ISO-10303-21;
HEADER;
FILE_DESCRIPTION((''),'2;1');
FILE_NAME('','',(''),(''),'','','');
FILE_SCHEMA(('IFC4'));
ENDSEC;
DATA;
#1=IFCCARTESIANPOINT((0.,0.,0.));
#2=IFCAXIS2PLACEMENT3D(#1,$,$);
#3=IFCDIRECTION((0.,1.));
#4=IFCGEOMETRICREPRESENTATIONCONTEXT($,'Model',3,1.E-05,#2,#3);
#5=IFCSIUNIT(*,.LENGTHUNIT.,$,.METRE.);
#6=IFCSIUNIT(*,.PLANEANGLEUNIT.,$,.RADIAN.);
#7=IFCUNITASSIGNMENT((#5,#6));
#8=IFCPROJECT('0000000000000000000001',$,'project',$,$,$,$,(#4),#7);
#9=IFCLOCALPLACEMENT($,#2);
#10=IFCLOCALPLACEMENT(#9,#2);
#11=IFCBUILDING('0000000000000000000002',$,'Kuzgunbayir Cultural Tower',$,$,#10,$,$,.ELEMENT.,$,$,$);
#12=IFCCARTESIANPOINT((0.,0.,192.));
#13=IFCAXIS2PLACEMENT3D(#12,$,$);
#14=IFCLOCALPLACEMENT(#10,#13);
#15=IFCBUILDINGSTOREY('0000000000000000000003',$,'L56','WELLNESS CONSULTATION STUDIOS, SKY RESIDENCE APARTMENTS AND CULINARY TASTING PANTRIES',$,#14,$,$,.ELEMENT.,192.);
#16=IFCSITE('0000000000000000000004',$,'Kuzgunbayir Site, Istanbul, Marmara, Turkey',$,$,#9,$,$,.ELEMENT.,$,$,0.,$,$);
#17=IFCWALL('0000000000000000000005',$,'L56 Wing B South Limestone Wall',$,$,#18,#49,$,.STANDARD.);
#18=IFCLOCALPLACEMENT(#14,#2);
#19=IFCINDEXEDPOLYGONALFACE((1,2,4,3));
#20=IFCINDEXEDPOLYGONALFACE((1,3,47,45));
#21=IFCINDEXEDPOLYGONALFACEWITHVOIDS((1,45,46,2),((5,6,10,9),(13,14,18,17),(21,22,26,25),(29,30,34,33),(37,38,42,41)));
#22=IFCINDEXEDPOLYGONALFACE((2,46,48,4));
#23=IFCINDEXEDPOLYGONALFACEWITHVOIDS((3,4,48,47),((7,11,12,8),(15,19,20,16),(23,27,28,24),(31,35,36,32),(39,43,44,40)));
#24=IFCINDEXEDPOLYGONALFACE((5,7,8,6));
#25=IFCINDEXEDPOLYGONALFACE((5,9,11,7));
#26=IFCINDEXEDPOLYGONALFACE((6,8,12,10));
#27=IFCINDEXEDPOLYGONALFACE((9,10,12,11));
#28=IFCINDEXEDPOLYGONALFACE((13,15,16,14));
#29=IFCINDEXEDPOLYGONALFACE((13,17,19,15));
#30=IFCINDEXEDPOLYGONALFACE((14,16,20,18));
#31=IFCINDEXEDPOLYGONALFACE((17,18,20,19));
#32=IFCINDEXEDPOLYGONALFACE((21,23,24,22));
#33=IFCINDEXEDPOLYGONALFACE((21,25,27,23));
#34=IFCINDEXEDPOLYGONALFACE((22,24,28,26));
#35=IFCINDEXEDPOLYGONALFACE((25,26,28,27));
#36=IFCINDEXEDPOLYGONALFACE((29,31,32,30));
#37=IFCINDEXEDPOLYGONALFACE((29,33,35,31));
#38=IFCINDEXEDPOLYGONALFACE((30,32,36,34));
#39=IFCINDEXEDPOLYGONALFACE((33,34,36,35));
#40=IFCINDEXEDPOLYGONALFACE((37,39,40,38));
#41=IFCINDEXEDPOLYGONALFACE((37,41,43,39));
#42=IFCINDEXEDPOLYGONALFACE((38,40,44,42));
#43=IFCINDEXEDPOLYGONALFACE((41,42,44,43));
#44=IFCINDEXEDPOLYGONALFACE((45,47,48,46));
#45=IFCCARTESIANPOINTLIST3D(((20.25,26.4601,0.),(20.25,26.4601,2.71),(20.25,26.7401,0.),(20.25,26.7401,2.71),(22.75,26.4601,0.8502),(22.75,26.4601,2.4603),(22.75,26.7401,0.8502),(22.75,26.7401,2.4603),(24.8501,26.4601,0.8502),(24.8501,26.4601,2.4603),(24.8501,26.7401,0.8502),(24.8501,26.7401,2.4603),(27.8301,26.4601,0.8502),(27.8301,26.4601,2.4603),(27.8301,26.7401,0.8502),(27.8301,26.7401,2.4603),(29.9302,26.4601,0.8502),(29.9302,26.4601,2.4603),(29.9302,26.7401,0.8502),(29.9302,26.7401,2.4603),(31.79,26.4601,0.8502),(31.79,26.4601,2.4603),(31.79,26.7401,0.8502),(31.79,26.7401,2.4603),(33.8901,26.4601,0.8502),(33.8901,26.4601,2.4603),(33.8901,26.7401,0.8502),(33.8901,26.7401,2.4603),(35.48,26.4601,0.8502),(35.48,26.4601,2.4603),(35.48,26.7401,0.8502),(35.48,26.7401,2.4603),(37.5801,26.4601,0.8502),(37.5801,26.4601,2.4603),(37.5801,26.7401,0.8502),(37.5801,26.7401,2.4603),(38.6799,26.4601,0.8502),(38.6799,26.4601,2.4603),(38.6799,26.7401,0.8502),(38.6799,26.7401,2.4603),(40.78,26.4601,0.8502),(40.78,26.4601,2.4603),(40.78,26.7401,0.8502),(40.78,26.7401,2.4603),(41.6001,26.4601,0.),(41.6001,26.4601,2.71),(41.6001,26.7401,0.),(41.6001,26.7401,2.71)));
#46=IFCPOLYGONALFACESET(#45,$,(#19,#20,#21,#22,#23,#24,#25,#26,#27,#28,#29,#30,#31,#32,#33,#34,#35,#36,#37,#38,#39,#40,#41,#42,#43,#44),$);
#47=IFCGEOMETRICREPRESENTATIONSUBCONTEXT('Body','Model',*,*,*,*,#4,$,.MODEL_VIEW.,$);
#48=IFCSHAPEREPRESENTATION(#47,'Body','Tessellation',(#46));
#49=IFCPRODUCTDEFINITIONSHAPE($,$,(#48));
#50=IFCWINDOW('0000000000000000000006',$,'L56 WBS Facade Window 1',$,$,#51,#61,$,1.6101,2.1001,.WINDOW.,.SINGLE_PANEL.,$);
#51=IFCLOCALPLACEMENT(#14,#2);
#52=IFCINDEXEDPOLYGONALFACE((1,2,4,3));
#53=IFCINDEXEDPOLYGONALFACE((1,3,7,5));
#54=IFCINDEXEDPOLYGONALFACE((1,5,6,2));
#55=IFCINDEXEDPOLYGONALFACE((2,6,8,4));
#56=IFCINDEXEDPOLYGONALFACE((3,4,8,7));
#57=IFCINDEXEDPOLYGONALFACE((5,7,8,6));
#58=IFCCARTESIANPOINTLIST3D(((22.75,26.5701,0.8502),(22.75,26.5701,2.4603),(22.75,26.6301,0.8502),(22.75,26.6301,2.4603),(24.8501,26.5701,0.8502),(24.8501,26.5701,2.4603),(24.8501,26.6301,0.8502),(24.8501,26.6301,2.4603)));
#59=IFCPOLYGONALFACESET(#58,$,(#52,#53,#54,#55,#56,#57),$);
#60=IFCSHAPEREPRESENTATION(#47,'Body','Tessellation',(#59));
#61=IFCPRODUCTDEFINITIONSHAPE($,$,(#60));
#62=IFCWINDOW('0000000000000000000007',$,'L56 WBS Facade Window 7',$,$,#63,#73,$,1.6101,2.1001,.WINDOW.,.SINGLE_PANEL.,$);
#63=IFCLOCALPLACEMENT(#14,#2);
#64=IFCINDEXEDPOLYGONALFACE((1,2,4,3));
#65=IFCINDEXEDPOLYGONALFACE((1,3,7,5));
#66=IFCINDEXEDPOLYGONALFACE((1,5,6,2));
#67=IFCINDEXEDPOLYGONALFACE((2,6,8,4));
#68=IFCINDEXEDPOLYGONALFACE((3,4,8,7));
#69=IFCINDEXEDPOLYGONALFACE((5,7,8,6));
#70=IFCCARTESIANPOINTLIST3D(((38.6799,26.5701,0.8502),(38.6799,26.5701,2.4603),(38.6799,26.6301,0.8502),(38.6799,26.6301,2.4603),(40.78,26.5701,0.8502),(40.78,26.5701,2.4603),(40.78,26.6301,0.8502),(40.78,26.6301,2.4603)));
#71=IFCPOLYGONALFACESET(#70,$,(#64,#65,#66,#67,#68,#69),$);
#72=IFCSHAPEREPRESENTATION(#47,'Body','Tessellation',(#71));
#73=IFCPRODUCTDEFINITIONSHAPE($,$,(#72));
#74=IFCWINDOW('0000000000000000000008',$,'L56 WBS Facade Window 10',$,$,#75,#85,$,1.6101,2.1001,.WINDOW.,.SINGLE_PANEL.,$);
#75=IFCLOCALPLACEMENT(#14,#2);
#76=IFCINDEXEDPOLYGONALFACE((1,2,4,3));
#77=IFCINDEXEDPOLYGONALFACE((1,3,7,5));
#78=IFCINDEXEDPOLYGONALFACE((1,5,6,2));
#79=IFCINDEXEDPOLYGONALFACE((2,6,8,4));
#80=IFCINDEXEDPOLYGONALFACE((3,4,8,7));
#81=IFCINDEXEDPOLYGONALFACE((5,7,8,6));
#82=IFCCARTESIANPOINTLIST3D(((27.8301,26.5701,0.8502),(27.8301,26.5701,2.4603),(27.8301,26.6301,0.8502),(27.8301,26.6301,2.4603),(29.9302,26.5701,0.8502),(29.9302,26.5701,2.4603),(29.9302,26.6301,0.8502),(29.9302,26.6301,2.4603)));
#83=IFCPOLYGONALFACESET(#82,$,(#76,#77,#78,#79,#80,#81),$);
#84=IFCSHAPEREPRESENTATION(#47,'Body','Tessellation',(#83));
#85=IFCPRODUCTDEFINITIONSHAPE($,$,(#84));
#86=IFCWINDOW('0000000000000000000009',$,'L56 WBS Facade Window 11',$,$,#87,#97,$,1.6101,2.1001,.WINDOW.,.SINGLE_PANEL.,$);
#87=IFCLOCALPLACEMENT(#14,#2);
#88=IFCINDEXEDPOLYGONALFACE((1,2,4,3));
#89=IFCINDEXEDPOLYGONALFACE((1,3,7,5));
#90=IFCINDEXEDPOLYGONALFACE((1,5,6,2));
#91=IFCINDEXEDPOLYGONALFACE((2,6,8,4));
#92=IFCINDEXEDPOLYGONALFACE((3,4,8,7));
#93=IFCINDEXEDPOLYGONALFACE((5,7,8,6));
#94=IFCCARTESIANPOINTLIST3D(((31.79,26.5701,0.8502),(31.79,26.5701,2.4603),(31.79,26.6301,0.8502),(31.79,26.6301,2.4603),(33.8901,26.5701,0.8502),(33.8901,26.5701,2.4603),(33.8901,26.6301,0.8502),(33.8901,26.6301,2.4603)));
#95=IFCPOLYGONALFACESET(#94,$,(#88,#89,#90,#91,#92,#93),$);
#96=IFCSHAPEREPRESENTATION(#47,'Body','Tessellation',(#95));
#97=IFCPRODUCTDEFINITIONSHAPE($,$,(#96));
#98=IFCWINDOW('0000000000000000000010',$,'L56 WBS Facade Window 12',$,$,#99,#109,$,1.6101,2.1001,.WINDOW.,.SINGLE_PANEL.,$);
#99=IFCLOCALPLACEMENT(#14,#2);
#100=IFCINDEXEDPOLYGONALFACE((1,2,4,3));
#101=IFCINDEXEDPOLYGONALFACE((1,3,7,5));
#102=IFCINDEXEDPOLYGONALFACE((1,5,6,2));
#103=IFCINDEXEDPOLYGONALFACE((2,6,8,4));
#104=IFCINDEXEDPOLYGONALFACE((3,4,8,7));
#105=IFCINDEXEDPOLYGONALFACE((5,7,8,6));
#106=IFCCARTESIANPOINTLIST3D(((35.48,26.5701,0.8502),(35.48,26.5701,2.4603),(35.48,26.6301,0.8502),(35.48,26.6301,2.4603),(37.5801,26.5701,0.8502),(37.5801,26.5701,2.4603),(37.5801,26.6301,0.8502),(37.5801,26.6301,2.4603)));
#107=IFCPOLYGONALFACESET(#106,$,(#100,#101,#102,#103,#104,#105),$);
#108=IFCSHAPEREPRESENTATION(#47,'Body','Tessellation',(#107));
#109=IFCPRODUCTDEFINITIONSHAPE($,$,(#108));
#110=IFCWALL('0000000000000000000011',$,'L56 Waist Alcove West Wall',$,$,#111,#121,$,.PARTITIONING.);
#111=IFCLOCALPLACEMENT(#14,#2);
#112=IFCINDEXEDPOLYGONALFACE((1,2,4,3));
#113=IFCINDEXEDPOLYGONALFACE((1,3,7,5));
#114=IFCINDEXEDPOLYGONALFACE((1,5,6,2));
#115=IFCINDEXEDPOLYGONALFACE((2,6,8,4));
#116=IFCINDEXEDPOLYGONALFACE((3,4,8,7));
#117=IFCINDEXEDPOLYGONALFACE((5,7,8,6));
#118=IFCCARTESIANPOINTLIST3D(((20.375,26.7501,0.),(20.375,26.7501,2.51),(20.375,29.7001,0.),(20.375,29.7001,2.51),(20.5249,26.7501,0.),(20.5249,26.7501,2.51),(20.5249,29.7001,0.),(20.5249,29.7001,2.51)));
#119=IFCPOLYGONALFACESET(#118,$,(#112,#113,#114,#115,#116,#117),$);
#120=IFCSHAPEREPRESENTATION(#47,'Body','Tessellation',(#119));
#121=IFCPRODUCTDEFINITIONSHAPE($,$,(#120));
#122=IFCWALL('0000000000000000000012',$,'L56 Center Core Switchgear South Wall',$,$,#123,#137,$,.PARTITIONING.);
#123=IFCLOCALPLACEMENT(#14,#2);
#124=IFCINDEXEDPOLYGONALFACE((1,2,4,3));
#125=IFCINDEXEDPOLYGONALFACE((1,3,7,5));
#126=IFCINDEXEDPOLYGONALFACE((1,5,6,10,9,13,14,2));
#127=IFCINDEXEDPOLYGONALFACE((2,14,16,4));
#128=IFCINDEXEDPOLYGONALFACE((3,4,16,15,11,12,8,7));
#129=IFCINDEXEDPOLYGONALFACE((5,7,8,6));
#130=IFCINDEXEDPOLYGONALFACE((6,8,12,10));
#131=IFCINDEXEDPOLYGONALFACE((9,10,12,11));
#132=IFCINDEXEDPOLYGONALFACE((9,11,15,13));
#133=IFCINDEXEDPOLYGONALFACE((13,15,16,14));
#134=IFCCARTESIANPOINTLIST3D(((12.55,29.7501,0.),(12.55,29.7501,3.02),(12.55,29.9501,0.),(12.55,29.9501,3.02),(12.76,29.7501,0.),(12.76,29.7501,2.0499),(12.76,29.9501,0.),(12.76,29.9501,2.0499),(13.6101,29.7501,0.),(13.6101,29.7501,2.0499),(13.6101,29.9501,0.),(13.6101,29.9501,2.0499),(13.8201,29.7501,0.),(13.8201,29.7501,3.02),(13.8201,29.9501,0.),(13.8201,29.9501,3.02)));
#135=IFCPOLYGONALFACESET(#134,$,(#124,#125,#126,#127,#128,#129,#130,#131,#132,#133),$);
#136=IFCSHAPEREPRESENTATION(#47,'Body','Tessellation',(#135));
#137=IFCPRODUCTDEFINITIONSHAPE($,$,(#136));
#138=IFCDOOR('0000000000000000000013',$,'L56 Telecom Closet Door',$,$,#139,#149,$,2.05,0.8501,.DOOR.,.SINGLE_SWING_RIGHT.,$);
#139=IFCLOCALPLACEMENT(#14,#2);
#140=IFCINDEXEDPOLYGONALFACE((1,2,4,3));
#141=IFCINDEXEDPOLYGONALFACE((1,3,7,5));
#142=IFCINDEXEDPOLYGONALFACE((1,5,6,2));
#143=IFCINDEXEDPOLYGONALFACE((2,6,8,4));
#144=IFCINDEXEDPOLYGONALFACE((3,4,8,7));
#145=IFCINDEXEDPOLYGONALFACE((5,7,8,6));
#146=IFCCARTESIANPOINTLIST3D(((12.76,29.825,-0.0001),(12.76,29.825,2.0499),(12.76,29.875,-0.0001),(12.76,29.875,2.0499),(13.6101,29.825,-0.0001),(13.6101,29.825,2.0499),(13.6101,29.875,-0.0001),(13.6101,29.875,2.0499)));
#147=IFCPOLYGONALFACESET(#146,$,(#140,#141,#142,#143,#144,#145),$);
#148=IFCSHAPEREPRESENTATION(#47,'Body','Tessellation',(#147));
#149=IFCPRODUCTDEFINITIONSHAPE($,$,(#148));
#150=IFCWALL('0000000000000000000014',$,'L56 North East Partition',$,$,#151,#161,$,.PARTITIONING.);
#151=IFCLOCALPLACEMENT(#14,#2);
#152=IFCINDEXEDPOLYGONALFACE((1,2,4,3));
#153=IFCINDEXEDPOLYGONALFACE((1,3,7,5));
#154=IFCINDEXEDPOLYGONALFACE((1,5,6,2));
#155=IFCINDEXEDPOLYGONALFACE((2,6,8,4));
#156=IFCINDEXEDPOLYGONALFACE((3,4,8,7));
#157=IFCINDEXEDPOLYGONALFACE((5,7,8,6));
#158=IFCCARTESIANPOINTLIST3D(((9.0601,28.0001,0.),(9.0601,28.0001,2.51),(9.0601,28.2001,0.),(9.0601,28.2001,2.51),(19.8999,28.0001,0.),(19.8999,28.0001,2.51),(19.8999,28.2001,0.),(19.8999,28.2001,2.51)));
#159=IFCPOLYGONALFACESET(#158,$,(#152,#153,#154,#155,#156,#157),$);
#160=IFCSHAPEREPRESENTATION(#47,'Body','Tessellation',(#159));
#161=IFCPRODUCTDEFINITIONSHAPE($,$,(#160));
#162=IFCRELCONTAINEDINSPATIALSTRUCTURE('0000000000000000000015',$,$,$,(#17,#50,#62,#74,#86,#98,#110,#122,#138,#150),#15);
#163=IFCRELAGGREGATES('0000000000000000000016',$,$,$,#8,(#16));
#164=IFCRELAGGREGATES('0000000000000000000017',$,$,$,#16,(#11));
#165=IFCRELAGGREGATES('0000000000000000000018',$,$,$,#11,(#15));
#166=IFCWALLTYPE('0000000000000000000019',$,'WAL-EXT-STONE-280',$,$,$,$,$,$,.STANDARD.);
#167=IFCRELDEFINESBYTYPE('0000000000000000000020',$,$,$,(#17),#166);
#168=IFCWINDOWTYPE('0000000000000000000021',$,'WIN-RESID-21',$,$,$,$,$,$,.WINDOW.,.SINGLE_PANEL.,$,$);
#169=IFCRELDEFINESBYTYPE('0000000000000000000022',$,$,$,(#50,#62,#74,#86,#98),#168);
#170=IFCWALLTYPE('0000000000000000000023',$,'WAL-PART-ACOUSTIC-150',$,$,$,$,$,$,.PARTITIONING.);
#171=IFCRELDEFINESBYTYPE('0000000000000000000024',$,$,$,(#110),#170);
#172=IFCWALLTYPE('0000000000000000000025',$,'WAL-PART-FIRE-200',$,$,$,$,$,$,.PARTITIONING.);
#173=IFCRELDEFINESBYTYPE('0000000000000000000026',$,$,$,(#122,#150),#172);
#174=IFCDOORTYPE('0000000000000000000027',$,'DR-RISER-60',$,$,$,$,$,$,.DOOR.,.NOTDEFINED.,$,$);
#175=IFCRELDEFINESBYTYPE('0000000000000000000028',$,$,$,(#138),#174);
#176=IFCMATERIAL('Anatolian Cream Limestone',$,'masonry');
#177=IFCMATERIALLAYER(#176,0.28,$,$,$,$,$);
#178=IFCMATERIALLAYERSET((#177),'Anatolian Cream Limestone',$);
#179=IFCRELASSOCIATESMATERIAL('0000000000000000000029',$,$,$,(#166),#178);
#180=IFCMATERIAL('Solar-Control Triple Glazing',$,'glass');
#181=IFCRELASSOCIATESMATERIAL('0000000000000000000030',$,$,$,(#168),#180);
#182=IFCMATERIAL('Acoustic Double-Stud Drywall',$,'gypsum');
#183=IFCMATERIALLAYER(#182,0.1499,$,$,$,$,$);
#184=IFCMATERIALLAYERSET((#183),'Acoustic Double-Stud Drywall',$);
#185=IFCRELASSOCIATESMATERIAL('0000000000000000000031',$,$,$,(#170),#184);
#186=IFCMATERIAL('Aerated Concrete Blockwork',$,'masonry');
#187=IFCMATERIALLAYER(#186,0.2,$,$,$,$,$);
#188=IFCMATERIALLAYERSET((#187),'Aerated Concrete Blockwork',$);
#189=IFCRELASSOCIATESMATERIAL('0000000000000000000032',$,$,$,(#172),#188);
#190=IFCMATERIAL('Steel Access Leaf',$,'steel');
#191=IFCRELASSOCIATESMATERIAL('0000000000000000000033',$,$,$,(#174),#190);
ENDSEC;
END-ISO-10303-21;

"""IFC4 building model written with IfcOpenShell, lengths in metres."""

from ifc_helpers import new_model, si_unit, direction, frame, frame_2d, origin, place, context, subcontext, project, spatial, rectangle, extrude, material, layer, layer_set, type_object, element, fill, save


model = new_model("IFC4")

# Units and contexts
model_context = context("Model", 3, precision=1e-05, world=origin(), true_north=direction((0.0, 1.0)))
body_context = subcontext(model_context, "Body", "Model", "MODEL_VIEW")
ifc_project = project(units=[si_unit("LENGTHUNIT", "METRE"), si_unit("PLANEANGLEUNIT", "RADIAN")], contexts=[model_context])

# Site, building, storey
site_placement = place(None, origin())
site = spatial("IfcSite", under=ifc_project, at=site_placement, Name="Kuzgunbayir Site, Istanbul, Marmara, Turkey", CompositionType="ELEMENT", RefElevation=0.0)
building_placement = place(site_placement, origin())
building = spatial("IfcBuilding", under=site, at=building_placement, Name="Kuzgunbayir Cultural Tower", CompositionType="ELEMENT")
storey_placement = place(building_placement, frame((0.0, 0.0, 192.0)))
storey = spatial("IfcBuildingStorey", under=building, at=storey_placement, Name="L56", Description="WELLNESS CONSULTATION STUDIOS, SKY RESIDENCE APARTMENTS AND CULINARY TASTING PANTRIES", CompositionType="ELEMENT", Elevation=192.0)

# Wall, openings, windows
ifc_material_1 = material(Name="Anatolian Cream Limestone", Category="masonry")
ifc_layer_1 = layer(ifc_material_1, 0.28)
ifc_layer_set_1 = layer_set([ifc_layer_1], Name="Anatolian Cream Limestone")
wall_type_1 = type_object("IfcWallType", Name="WAL-EXT-STONE-280", PredefinedType="STANDARD", material=ifc_layer_set_1)
wall_1_placement = place(storey_placement, frame((20.25, 26.6001, 0.0), z_axis=(0.0, 0.0, 1.0), x_axis=(1.0, 0.0, 0.0)))
wall_1 = element("IfcWall", 1, at=wall_1_placement, inside=storey, type_object=wall_type_1, Name="L56 Wing B South Limestone Wall", PredefinedType="STANDARD", context=body_context, shape_type="SweptSolid", body=[
    extrude(rectangle(XDim=21.3501, YDim=0.28, at=frame_2d((10.675, 0.0))), origin(), (0.0, 0.0, 1.0), 2.71),
])
opening_1_placement = place(wall_1_placement, frame((2.5, 0.0, 0.8501)))
opening_1 = element("IfcOpeningElement", 2, at=opening_1_placement, cuts=wall_1, PredefinedType="OPENING", context=body_context, shape_type="SweptSolid", body=[
    extrude(rectangle(XDim=2.1001, YDim=1.6101, at=frame_2d((1.05, 0.8052))), frame((0.0, 0.1499, 0.0), z_axis=(0.0, -1.0, 0.0), x_axis=(1.0, 0.0, 0.0)), (0.0, 0.0, 1.0), 0.3),
])
opening_2_placement = place(wall_1_placement, frame((18.4299, 0.0, 0.8501)))
opening_2 = element("IfcOpeningElement", 3, at=opening_2_placement, cuts=wall_1, PredefinedType="OPENING", context=body_context, shape_type="SweptSolid", body=[
    extrude(rectangle(XDim=2.1001, YDim=1.6101, at=frame_2d((1.05, 0.8052))), frame((0.0, 0.1499, 0.0), z_axis=(0.0, -1.0, 0.0), x_axis=(1.0, 0.0, 0.0)), (0.0, 0.0, 1.0), 0.3),
])
opening_3_placement = place(wall_1_placement, frame((7.5801, 0.0, 0.8501)))
opening_3 = element("IfcOpeningElement", 4, at=opening_3_placement, cuts=wall_1, PredefinedType="OPENING", context=body_context, shape_type="SweptSolid", body=[
    extrude(rectangle(XDim=2.1001, YDim=1.6101, at=frame_2d((1.05, 0.8052))), frame((0.0, 0.1499, 0.0), z_axis=(0.0, -1.0, 0.0), x_axis=(1.0, 0.0, 0.0)), (0.0, 0.0, 1.0), 0.3),
])
opening_4_placement = place(wall_1_placement, frame((11.54, 0.0, 0.8501)))
opening_4 = element("IfcOpeningElement", 5, at=opening_4_placement, cuts=wall_1, PredefinedType="OPENING", context=body_context, shape_type="SweptSolid", body=[
    extrude(rectangle(XDim=2.1001, YDim=1.6101, at=frame_2d((1.05, 0.8052))), frame((0.0, 0.1499, 0.0), z_axis=(0.0, -1.0, 0.0), x_axis=(1.0, 0.0, 0.0)), (0.0, 0.0, 1.0), 0.3),
])
opening_5_placement = place(wall_1_placement, frame((15.23, 0.0, 0.8501)))
opening_5 = element("IfcOpeningElement", 6, at=opening_5_placement, cuts=wall_1, PredefinedType="OPENING", context=body_context, shape_type="SweptSolid", body=[
    extrude(rectangle(XDim=2.1001, YDim=1.6101, at=frame_2d((1.05, 0.8052))), frame((0.0, 0.1499, 0.0), z_axis=(0.0, -1.0, 0.0), x_axis=(1.0, 0.0, 0.0)), (0.0, 0.0, 1.0), 0.3),
])
ifc_material_2 = material(Name="Solar-Control Triple Glazing", Category="glass")
window_type = type_object("IfcWindowType", Name="WIN-RESID-21", PartitioningType="SINGLE_PANEL", PredefinedType="WINDOW", material=ifc_material_2)
window_1_placement = place(opening_1_placement, origin())
window_1 = element("IfcWindow", 7, at=window_1_placement, inside=storey, type_object=window_type, Name="L56 WBS Facade Window 1", OverallHeight=1.6101, OverallWidth=2.1001, PartitioningType="SINGLE_PANEL", PredefinedType="WINDOW", context=body_context, shape_type="SweptSolid", body=[
    extrude(rectangle(XDim=2.1001, YDim=1.6101, at=frame_2d((1.05, 0.8052))), frame((0.0, 0.03, 0.0), z_axis=(0.0, -1.0, 0.0), x_axis=(1.0, 0.0, 0.0)), (0.0, 0.0, 1.0), 0.0601),
])
fill(opening_1, window_1)
window_2_placement = place(opening_2_placement, origin())
window_2 = element("IfcWindow", 8, at=window_2_placement, inside=storey, type_object=window_type, Name="L56 WBS Facade Window 7", OverallHeight=1.6101, OverallWidth=2.1001, PartitioningType="SINGLE_PANEL", PredefinedType="WINDOW", context=body_context, shape_type="SweptSolid", body=[
    extrude(rectangle(XDim=2.1001, YDim=1.6101, at=frame_2d((1.05, 0.8052))), frame((0.0, 0.03, 0.0), z_axis=(0.0, -1.0, 0.0), x_axis=(1.0, 0.0, 0.0)), (0.0, 0.0, 1.0), 0.0601),
])
fill(opening_2, window_2)
window_3_placement = place(opening_3_placement, origin())
window_3 = element("IfcWindow", 9, at=window_3_placement, inside=storey, type_object=window_type, Name="L56 WBS Facade Window 10", OverallHeight=1.6101, OverallWidth=2.1001, PartitioningType="SINGLE_PANEL", PredefinedType="WINDOW", context=body_context, shape_type="SweptSolid", body=[
    extrude(rectangle(XDim=2.1001, YDim=1.6101, at=frame_2d((1.05, 0.8052))), frame((0.0, 0.03, 0.0), z_axis=(0.0, -1.0, 0.0), x_axis=(1.0, 0.0, 0.0)), (0.0, 0.0, 1.0), 0.0601),
])
fill(opening_3, window_3)
window_4_placement = place(opening_4_placement, origin())
window_4 = element("IfcWindow", 10, at=window_4_placement, inside=storey, type_object=window_type, Name="L56 WBS Facade Window 11", OverallHeight=1.6101, OverallWidth=2.1001, PartitioningType="SINGLE_PANEL", PredefinedType="WINDOW", context=body_context, shape_type="SweptSolid", body=[
    extrude(rectangle(XDim=2.1001, YDim=1.6101, at=frame_2d((1.05, 0.8052))), frame((0.0, 0.03, 0.0), z_axis=(0.0, -1.0, 0.0), x_axis=(1.0, 0.0, 0.0)), (0.0, 0.0, 1.0), 0.0601),
])
fill(opening_4, window_4)
window_5_placement = place(opening_5_placement, origin())
window_5 = element("IfcWindow", 11, at=window_5_placement, inside=storey, type_object=window_type, Name="L56 WBS Facade Window 12", OverallHeight=1.6101, OverallWidth=2.1001, PartitioningType="SINGLE_PANEL", PredefinedType="WINDOW", context=body_context, shape_type="SweptSolid", body=[
    extrude(rectangle(XDim=2.1001, YDim=1.6101, at=frame_2d((1.05, 0.8052))), frame((0.0, 0.03, 0.0), z_axis=(0.0, -1.0, 0.0), x_axis=(1.0, 0.0, 0.0)), (0.0, 0.0, 1.0), 0.0601),
])
fill(opening_5, window_5)

# Wall
ifc_material_3 = material(Name="Acoustic Double-Stud Drywall", Category="gypsum")
ifc_layer_2 = layer(ifc_material_3, 0.1499)
ifc_layer_set_2 = layer_set([ifc_layer_2], Name="Acoustic Double-Stud Drywall")
wall_type_2 = type_object("IfcWallType", Name="WAL-PART-ACOUSTIC-150", PredefinedType="PARTITIONING", material=ifc_layer_set_2)
wall_2_placement = place(storey_placement, frame((20.45, 26.75, 0.0), z_axis=(0.0, 0.0, 1.0), x_axis=(0.0, 1.0, 0.0)))
element("IfcWall", 12, at=wall_2_placement, inside=storey, type_object=wall_type_2, Name="L56 Waist Alcove West Wall", PredefinedType="PARTITIONING", context=body_context, shape_type="SweptSolid", body=[
    extrude(rectangle(XDim=2.95, YDim=0.1499, at=frame_2d((1.4751, 0.0))), origin(), (0.0, 0.0, 1.0), 2.51),
])

# Wall, opening, door
ifc_material_4 = material(Name="Aerated Concrete Blockwork", Category="masonry")
ifc_layer_3 = layer(ifc_material_4, 0.2)
ifc_layer_set_3 = layer_set([ifc_layer_3], Name="Aerated Concrete Blockwork")
wall_type_3 = type_object("IfcWallType", Name="WAL-PART-FIRE-200", PredefinedType="PARTITIONING", material=ifc_layer_set_3)
wall_3_placement = place(storey_placement, frame((12.55, 29.8501, 0.0), z_axis=(0.0, 0.0, 1.0), x_axis=(1.0, 0.0, 0.0)))
wall_3 = element("IfcWall", 13, at=wall_3_placement, inside=storey, type_object=wall_type_3, Name="L56 Center Core Switchgear South Wall", PredefinedType="PARTITIONING", context=body_context, shape_type="SweptSolid", body=[
    extrude(rectangle(XDim=1.27, YDim=0.2, at=frame_2d((0.635, 0.0))), origin(), (0.0, 0.0, 1.0), 3.02),
])
opening_6_placement = place(wall_3_placement, frame((0.21, 0.0, 0.0)))
opening_6 = element("IfcOpeningElement", 14, at=opening_6_placement, cuts=wall_3, PredefinedType="OPENING", context=body_context, shape_type="SweptSolid", body=[
    extrude(rectangle(XDim=0.8501, YDim=2.05, at=frame_2d((0.425, 1.0249))), frame((0.0, 0.1099, 0.0), z_axis=(0.0, -1.0, 0.0), x_axis=(1.0, 0.0, 0.0)), (0.0, 0.0, 1.0), 0.22),
])
ifc_material_5 = material(Name="Steel Access Leaf", Category="steel")
door_type = type_object("IfcDoorType", Name="DR-RISER-60", OperationType="NOTDEFINED", PredefinedType="DOOR", material=ifc_material_5)
door_placement = place(opening_6_placement, origin())
door = element("IfcDoor", 15, at=door_placement, inside=storey, type_object=door_type, Name="L56 Telecom Closet Door", OperationType="SINGLE_SWING_RIGHT", OverallHeight=2.05, OverallWidth=0.8501, PredefinedType="DOOR", context=body_context, shape_type="SweptSolid", body=[
    extrude(rectangle(XDim=0.8501, YDim=2.05, at=frame_2d((0.425, 1.0249))), frame((0.0, 0.0249, 0.0), z_axis=(0.0, -1.0, 0.0), x_axis=(1.0, 0.0, 0.0)), (0.0, 0.0, 1.0), 0.05),
])
fill(opening_6, door)

# Wall
wall_4_placement = place(storey_placement, frame((9.0601, 28.1001, 0.0), z_axis=(0.0, 0.0, 1.0), x_axis=(1.0, 0.0, 0.0)))
element("IfcWall", 16, at=wall_4_placement, inside=storey, type_object=wall_type_3, Name="L56 North East Partition", PredefinedType="PARTITIONING", context=body_context, shape_type="SweptSolid", body=[
    extrude(rectangle(XDim=10.8398, YDim=0.2, at=frame_2d((5.4199, 0.0))), origin(), (0.0, 0.0, 1.0), 2.51),
])

save(model, "model.ifc")
